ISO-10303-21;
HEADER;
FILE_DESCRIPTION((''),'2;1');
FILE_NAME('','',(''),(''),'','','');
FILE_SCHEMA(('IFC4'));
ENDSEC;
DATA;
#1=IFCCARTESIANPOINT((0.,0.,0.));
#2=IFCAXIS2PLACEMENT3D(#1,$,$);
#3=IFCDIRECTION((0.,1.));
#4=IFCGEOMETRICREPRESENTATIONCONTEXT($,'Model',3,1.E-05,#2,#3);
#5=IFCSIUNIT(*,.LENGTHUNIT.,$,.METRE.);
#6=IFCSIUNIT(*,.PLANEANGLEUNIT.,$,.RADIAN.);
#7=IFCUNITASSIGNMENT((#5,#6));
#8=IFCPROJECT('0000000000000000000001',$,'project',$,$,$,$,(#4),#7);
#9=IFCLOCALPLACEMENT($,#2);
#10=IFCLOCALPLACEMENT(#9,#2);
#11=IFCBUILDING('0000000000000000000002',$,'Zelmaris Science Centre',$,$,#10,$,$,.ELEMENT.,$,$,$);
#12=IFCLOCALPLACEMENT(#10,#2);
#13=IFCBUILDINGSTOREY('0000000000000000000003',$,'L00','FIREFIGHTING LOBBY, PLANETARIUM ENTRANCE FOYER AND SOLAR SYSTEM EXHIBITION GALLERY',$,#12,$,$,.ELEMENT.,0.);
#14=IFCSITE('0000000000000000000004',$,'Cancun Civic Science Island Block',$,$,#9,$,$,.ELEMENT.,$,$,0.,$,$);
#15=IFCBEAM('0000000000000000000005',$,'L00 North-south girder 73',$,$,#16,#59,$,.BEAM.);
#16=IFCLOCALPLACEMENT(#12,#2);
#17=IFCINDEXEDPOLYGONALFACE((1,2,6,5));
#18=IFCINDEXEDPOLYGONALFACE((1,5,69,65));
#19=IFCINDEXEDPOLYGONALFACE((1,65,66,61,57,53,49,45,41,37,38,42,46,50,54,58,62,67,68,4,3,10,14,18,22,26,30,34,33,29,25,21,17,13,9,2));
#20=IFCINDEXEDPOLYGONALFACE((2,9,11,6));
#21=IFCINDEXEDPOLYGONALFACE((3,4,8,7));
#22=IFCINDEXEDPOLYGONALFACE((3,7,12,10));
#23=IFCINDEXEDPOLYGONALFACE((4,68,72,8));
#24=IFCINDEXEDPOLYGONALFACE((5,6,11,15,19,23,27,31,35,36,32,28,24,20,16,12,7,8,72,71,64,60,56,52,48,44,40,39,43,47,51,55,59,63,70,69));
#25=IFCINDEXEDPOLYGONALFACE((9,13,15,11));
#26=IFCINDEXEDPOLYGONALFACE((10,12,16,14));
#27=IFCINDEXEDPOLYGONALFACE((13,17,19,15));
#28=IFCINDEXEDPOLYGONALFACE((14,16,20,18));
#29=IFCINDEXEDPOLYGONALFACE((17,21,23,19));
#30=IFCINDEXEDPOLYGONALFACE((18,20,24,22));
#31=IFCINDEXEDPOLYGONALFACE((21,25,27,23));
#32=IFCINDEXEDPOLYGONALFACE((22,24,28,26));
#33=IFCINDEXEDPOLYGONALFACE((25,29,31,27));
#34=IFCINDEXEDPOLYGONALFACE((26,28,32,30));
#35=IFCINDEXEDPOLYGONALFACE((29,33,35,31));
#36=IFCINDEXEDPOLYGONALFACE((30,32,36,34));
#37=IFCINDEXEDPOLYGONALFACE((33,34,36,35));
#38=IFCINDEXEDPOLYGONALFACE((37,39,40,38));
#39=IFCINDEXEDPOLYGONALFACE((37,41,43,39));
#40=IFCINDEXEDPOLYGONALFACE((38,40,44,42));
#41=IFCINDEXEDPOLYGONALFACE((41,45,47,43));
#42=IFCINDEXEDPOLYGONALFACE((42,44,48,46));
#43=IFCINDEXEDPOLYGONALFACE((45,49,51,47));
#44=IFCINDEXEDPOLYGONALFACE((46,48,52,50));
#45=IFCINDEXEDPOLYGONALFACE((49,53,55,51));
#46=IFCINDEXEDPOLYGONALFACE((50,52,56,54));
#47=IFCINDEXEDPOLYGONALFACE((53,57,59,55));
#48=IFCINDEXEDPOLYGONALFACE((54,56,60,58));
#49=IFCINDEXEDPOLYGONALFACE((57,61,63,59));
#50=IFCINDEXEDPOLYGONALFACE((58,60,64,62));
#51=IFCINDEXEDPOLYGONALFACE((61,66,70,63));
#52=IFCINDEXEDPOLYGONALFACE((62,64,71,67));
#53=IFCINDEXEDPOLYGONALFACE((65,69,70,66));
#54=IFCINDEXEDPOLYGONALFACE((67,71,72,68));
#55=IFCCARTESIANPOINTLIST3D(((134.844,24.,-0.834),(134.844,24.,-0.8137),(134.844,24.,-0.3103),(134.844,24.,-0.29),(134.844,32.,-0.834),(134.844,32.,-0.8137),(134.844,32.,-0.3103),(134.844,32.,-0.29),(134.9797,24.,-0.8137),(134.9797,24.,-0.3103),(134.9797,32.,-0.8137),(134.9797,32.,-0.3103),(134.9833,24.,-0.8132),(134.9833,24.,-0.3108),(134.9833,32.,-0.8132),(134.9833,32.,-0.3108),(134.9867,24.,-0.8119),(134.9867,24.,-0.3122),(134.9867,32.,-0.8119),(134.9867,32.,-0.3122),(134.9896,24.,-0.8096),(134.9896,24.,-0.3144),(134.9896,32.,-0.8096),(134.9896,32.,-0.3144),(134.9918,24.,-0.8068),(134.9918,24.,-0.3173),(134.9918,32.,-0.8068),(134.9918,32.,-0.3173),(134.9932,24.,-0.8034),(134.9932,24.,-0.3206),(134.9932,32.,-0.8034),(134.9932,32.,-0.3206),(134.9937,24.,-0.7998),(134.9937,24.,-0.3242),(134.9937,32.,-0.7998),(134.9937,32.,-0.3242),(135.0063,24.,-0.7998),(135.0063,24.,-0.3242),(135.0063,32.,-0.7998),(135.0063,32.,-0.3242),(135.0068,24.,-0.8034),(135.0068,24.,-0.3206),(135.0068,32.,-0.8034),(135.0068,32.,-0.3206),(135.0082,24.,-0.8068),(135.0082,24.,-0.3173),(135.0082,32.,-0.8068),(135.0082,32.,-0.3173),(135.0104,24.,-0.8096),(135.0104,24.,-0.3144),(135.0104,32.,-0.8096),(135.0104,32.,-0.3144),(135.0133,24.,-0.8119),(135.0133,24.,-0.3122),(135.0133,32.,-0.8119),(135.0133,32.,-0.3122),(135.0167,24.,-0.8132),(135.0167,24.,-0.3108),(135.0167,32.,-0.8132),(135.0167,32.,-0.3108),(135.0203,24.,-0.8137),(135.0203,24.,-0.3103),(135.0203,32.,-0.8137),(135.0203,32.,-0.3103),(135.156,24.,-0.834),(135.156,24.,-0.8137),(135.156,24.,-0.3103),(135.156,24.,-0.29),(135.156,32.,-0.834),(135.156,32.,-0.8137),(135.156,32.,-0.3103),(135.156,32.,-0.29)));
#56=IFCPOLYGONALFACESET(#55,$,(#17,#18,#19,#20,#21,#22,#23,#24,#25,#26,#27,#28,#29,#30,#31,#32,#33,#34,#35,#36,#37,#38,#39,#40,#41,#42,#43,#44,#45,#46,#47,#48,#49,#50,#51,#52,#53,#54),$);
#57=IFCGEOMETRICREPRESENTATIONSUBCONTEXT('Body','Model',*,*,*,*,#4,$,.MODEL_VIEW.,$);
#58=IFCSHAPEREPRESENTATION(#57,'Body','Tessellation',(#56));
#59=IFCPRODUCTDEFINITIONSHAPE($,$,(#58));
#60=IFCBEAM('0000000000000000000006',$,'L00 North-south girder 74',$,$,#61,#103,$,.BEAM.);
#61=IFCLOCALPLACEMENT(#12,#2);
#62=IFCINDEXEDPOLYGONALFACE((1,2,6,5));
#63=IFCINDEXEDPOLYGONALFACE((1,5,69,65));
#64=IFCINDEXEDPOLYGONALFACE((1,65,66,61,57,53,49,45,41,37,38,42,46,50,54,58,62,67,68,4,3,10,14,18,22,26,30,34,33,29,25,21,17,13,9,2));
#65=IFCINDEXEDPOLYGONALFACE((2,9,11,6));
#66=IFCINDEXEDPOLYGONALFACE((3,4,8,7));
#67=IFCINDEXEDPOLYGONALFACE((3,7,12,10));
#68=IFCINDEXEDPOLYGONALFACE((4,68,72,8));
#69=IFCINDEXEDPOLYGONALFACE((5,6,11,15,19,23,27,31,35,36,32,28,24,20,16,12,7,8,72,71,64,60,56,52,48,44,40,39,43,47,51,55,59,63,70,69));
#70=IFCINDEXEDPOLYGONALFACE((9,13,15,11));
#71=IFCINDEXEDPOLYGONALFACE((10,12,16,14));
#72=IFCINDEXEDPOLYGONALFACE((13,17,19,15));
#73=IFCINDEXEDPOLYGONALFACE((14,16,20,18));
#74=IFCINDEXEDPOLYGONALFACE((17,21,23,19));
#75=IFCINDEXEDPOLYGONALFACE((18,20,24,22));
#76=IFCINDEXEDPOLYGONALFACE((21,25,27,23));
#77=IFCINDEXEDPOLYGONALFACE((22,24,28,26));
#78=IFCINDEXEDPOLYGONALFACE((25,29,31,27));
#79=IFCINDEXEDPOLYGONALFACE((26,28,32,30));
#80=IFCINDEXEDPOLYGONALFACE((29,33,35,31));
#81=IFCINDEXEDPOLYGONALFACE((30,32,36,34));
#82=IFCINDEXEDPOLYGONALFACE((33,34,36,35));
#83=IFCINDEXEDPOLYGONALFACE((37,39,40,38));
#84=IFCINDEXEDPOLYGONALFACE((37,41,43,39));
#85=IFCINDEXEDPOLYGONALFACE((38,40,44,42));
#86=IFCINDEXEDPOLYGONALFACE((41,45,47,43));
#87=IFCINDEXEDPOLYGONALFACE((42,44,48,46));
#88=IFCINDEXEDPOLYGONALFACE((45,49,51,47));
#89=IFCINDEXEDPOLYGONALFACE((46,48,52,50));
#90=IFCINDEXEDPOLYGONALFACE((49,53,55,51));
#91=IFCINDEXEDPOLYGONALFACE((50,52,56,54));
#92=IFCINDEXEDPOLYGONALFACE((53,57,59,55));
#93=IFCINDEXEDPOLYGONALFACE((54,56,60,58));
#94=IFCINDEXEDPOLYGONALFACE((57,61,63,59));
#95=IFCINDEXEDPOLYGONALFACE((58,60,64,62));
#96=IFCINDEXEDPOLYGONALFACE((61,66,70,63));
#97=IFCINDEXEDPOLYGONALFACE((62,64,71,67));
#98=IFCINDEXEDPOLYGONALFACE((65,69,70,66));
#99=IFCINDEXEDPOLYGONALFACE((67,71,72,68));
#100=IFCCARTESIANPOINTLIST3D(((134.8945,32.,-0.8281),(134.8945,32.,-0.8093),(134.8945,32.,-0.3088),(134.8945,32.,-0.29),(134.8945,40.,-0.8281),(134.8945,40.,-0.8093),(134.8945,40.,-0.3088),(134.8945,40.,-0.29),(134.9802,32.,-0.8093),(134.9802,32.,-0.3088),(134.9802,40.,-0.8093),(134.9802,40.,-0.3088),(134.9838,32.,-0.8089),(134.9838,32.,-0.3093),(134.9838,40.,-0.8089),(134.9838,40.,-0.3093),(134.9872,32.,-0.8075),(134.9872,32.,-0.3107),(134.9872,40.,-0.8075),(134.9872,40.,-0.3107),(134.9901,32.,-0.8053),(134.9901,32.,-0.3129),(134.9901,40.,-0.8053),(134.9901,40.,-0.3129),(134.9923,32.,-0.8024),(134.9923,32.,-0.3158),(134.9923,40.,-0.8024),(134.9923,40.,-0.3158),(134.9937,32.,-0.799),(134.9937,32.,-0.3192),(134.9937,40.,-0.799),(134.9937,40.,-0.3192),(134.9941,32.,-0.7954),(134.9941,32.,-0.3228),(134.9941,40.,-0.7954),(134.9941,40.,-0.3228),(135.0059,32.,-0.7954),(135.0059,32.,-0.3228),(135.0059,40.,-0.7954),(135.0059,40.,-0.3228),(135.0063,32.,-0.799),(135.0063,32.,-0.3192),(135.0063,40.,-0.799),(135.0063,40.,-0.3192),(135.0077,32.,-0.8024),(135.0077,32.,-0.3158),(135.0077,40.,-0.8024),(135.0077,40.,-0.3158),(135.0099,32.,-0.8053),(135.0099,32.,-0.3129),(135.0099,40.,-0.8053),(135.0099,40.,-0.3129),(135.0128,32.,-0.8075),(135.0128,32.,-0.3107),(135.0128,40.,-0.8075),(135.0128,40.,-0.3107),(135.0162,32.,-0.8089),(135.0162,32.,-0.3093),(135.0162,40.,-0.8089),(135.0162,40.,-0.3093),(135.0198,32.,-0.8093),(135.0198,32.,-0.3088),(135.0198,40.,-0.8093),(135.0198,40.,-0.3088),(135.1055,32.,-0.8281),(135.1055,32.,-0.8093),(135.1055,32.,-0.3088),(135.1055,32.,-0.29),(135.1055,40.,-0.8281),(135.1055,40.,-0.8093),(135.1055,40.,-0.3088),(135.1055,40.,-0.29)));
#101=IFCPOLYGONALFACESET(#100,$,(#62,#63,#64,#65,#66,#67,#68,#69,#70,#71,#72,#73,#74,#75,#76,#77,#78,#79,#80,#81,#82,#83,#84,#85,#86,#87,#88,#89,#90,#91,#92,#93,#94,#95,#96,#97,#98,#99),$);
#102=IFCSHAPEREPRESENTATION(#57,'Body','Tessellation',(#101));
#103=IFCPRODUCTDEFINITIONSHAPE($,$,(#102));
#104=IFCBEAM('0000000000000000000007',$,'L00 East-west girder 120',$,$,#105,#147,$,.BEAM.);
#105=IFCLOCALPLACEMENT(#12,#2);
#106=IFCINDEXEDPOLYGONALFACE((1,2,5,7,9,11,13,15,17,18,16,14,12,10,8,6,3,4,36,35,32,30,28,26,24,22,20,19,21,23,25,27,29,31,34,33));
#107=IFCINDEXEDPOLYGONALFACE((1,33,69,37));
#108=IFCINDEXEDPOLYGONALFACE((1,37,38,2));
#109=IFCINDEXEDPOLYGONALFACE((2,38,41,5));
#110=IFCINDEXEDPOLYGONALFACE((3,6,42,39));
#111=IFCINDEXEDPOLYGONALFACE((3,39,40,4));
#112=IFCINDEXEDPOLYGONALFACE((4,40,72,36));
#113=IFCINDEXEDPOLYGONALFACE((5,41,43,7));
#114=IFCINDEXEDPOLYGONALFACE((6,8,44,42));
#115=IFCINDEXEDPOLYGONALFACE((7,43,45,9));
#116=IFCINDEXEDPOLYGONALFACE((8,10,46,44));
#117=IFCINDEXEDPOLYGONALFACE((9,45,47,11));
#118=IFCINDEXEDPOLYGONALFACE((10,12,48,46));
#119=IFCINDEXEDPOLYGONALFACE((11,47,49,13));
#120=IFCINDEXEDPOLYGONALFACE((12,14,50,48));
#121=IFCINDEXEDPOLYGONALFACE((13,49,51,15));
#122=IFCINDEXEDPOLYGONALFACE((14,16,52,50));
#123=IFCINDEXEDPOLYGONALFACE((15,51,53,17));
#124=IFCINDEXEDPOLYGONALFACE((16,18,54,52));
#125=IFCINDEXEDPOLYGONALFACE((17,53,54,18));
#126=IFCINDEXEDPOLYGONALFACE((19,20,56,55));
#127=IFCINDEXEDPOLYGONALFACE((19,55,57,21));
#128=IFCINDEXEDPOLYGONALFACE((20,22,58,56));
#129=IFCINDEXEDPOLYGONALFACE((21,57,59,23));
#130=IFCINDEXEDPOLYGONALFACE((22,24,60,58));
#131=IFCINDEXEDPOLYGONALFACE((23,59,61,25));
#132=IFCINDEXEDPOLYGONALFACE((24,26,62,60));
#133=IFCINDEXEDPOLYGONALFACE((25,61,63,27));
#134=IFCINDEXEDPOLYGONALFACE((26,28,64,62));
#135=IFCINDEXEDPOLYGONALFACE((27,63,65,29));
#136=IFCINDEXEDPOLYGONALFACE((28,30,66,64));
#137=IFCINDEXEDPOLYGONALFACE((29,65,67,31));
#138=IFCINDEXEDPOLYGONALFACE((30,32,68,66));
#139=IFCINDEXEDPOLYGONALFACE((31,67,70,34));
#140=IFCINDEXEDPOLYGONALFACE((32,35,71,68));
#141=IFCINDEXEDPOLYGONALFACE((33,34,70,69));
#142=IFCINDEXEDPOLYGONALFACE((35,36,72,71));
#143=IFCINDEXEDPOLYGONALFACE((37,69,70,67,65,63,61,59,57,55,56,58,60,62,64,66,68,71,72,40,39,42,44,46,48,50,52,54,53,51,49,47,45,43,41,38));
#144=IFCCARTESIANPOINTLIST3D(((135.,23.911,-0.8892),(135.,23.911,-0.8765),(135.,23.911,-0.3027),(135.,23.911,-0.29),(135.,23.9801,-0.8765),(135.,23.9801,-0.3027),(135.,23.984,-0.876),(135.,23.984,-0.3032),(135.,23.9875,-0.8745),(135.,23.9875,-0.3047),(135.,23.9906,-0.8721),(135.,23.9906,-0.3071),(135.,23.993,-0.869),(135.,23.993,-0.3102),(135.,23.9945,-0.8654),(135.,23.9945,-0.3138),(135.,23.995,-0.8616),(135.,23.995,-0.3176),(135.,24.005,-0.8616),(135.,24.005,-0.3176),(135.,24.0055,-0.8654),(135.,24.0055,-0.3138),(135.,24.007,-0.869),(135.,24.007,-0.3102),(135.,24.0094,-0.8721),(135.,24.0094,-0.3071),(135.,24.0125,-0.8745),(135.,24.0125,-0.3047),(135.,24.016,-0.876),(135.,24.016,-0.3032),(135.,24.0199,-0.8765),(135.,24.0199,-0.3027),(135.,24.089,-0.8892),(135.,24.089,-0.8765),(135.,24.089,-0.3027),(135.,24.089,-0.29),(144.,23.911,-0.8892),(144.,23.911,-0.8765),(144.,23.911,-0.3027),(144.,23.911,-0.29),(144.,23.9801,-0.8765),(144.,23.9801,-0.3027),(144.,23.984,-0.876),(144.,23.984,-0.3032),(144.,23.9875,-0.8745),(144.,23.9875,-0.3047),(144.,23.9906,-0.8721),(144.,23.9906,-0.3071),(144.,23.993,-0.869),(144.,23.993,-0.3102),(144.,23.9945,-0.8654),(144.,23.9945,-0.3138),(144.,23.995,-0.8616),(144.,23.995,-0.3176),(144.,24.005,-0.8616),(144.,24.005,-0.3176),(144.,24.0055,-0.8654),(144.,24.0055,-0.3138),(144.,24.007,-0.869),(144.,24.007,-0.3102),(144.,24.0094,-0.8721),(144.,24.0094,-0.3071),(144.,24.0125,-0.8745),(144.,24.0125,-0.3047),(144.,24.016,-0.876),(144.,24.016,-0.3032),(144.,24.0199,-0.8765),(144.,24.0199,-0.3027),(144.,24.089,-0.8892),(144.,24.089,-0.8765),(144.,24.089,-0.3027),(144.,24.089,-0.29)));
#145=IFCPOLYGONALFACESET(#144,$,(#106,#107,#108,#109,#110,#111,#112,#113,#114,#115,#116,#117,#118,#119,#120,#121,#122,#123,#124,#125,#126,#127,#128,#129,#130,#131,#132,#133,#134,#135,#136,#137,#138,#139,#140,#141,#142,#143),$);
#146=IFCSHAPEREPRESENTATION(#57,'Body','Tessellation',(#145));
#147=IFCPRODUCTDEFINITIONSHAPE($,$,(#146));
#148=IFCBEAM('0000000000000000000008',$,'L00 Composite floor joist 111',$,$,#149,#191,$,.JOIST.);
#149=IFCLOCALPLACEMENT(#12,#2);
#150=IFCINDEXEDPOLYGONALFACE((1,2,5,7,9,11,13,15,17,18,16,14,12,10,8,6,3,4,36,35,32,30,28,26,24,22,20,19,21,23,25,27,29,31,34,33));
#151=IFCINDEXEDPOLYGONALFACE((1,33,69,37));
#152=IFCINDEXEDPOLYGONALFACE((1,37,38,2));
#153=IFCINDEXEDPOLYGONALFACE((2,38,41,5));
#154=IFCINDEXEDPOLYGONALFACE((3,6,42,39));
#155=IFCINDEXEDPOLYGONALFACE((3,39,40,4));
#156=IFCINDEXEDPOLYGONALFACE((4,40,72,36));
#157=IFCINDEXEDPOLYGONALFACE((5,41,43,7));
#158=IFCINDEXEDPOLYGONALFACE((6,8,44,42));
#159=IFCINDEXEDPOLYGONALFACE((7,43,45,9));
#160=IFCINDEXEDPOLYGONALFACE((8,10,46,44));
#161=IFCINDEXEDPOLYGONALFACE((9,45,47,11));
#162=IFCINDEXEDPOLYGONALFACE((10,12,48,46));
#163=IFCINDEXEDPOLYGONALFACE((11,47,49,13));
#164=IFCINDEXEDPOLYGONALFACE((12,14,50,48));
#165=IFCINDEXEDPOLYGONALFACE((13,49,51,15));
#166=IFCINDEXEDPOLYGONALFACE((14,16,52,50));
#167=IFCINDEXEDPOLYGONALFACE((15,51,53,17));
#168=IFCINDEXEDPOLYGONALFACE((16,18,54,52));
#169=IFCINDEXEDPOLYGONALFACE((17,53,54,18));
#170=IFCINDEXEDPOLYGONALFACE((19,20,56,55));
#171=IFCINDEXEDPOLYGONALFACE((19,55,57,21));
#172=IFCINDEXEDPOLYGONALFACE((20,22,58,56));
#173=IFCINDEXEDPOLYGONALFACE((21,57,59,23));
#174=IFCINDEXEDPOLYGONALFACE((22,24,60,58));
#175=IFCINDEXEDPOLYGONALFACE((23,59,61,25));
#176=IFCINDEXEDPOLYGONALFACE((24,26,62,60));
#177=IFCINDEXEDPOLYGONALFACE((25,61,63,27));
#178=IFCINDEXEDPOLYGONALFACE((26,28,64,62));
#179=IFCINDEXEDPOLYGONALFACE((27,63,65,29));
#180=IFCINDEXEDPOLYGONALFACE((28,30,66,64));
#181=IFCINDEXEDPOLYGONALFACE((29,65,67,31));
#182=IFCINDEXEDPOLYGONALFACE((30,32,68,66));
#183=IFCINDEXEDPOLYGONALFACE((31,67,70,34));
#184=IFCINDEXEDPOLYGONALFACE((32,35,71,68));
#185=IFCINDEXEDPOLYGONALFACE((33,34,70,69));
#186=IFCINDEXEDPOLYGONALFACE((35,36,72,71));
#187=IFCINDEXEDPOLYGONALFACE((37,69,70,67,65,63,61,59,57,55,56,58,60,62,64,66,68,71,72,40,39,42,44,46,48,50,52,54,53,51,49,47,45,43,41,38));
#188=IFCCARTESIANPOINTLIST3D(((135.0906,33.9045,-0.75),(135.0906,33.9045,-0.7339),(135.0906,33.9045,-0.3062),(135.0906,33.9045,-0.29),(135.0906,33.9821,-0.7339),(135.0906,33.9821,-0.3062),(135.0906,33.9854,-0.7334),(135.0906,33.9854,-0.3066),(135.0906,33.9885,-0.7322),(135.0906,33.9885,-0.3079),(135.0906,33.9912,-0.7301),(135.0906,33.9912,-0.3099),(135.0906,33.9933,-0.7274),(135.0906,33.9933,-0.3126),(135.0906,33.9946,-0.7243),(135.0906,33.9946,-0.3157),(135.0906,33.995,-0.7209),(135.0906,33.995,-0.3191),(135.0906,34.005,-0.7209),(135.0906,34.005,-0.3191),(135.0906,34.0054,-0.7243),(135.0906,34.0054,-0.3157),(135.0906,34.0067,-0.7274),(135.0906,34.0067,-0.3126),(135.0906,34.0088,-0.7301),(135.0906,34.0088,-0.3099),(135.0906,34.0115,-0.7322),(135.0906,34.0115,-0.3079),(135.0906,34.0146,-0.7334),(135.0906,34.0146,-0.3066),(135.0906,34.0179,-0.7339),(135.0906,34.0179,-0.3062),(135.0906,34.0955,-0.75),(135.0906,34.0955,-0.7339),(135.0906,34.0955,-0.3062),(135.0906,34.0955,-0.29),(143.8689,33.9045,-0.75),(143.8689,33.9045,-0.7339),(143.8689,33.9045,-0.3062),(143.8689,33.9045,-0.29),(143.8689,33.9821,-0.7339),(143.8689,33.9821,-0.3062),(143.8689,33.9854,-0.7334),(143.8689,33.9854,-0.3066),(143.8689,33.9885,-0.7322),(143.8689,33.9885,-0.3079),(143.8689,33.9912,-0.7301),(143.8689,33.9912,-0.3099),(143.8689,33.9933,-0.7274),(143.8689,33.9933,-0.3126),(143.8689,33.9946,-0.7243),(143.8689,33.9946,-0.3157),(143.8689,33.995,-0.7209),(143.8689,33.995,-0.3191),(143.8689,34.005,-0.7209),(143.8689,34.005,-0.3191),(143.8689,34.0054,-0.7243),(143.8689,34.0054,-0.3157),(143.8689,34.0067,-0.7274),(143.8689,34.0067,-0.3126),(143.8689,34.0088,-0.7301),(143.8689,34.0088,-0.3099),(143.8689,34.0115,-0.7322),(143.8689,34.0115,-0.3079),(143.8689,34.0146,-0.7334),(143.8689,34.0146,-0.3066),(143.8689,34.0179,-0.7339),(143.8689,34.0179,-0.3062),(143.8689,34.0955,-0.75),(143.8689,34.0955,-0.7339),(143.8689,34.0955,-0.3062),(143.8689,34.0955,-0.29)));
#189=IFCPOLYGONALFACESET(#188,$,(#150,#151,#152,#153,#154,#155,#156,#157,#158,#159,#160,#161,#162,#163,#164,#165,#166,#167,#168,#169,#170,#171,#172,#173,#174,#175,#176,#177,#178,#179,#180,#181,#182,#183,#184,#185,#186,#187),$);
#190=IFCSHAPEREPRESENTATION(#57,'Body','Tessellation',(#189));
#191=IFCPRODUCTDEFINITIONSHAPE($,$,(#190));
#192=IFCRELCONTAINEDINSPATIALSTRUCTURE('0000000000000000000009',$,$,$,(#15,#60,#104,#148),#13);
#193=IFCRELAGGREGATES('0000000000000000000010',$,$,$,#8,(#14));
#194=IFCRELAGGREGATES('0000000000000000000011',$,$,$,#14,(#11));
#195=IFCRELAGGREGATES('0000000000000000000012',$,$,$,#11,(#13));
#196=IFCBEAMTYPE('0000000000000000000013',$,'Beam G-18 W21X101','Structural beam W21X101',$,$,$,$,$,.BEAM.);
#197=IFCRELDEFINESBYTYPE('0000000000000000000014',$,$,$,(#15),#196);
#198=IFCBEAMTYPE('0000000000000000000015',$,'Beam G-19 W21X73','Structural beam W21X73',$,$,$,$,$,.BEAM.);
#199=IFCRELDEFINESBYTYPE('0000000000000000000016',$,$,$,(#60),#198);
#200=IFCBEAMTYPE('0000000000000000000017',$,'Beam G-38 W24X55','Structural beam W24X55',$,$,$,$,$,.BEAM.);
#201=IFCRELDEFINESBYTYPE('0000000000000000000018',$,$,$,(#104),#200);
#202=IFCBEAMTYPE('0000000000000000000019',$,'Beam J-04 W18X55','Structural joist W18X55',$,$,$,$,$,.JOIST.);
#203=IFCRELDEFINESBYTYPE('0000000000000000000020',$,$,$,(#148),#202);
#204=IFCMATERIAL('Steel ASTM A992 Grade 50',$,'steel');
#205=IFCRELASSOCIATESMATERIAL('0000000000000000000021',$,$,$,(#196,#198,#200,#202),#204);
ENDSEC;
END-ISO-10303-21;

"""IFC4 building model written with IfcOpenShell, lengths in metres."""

from ifc_helpers import new_model, si_unit, direction, frame, origin, origin_2d, place, context, subcontext, project, spatial, i_section, extrude, material, material_profile, profile_set, type_object, element, save


model = new_model("IFC4")

# Units and contexts
model_context = context("Model", 3, precision=1e-05, world=origin(), true_north=direction((0.0, 1.0)))
body_context = subcontext(model_context, "Body", "Model", "MODEL_VIEW")
ifc_project = project(units=[si_unit("LENGTHUNIT", "METRE"), si_unit("PLANEANGLEUNIT", "RADIAN")], contexts=[model_context])

# Site, building, storey
site_placement = place(None, origin())
site = spatial("IfcSite", under=ifc_project, at=site_placement, Name="Cancun Civic Science Island Block", CompositionType="ELEMENT", RefElevation=0.0)
building_placement = place(site_placement, origin())
building = spatial("IfcBuilding", under=site, at=building_placement, Name="Zelmaris Science Centre", CompositionType="ELEMENT")
storey_placement = place(building_placement, origin())
storey = spatial("IfcBuildingStorey", under=building, at=storey_placement, Name="L00", Description="FIREFIGHTING LOBBY, PLANETARIUM ENTRANCE FOYER AND SOLAR SYSTEM EXHIBITION GALLERY", CompositionType="ELEMENT", Elevation=0.0)

# Shared definitions
ifc_material_1 = material(Name="Steel ASTM A992 Grade 50", Category="steel")

# Beams
ifc_material_profile_1 = material_profile(ifc_material_1, i_section(OverallWidth=0.312, OverallDepth=0.5439, WebThickness=0.0127, FlangeThickness=0.0203, FilletRadius=0.0139, at=origin_2d()), Name="W21X101")
ifc_profile_set_1 = profile_set([ifc_material_profile_1], Name="Steel ASTM A992 Grade 50")
beam_type_1 = type_object("IfcBeamType", Name="Beam G-18 W21X101", Description="Structural beam W21X101", PredefinedType="BEAM", material=ifc_profile_set_1)
beam_1_placement = place(storey_placement, frame((135.0, 24.0, -0.562), z_axis=(0.0, 1.0, 0.0), x_axis=(-1.0, 0.0, 0.0)))
element("IfcBeam", 1, at=beam_1_placement, inside=storey, type_object=beam_type_1, Name="L00 North-south girder 73", PredefinedType="BEAM", context=body_context, shape_type="SweptSolid", body=[
    extrude(i_section(OverallWidth=0.312, OverallDepth=0.5439, WebThickness=0.0127, FlangeThickness=0.0203, FilletRadius=0.0139, at=origin_2d()), origin(), (0.0, 0.0, 1.0), 8.0),
])
ifc_material_profile_2 = material_profile(ifc_material_1, i_section(OverallWidth=0.2109, OverallDepth=0.5381, WebThickness=0.0117, FlangeThickness=0.0188, FilletRadius=0.0139, at=origin_2d()), Name="W21X73")
ifc_profile_set_2 = profile_set([ifc_material_profile_2], Name="Steel ASTM A992 Grade 50")
beam_type_2 = type_object("IfcBeamType", Name="Beam G-19 W21X73", Description="Structural beam W21X73", PredefinedType="BEAM", material=ifc_profile_set_2)
beam_2_placement = place(storey_placement, frame((135.0, 32.0, -0.5591), z_axis=(0.0, 1.0, 0.0), x_axis=(-1.0, 0.0, 0.0)))
element("IfcBeam", 2, at=beam_2_placement, inside=storey, type_object=beam_type_2, Name="L00 North-south girder 74", PredefinedType="BEAM", context=body_context, shape_type="SweptSolid", body=[
    extrude(i_section(OverallWidth=0.2109, OverallDepth=0.5381, WebThickness=0.0117, FlangeThickness=0.0188, FilletRadius=0.0139, at=origin_2d()), origin(), (0.0, 0.0, 1.0), 8.0),
])
ifc_material_profile_3 = material_profile(ifc_material_1, i_section(OverallWidth=0.178, OverallDepth=0.5991, WebThickness=0.01, FlangeThickness=0.0127, FilletRadius=0.0149, at=origin_2d()), Name="W24X55")
ifc_profile_set_3 = profile_set([ifc_material_profile_3], Name="Steel ASTM A992 Grade 50")
beam_type_3 = type_object("IfcBeamType", Name="Beam G-38 W24X55", Description="Structural beam W24X55", PredefinedType="BEAM", material=ifc_profile_set_3)
beam_3_placement = place(storey_placement, frame((135.0, 24.0, -0.5896), z_axis=(1.0, 0.0, 0.0), x_axis=(0.0, 1.0, 0.0)))
element("IfcBeam", 3, at=beam_3_placement, inside=storey, type_object=beam_type_3, Name="L00 East-west girder 120", PredefinedType="BEAM", context=body_context, shape_type="SweptSolid", body=[
    extrude(i_section(OverallWidth=0.178, OverallDepth=0.5991, WebThickness=0.01, FlangeThickness=0.0127, FilletRadius=0.0149, at=origin_2d()), origin(), (0.0, 0.0, 1.0), 9.0),
])
ifc_material_profile_4 = material_profile(ifc_material_1, i_section(OverallWidth=0.1909, OverallDepth=0.46, WebThickness=0.01, FlangeThickness=0.0161, FilletRadius=0.0129, at=origin_2d()), Name="W18X55")
ifc_profile_set_4 = profile_set([ifc_material_profile_4], Name="Steel ASTM A992 Grade 50")
beam_type_4 = type_object("IfcBeamType", Name="Beam J-04 W18X55", Description="Structural joist W18X55", PredefinedType="JOIST", material=ifc_profile_set_4)
beam_4_placement = place(storey_placement, frame((135.0906, 34.0, -0.52), z_axis=(1.0, 0.0, 0.0), x_axis=(0.0, 1.0, 0.0)))
element("IfcBeam", 4, at=beam_4_placement, inside=storey, type_object=beam_type_4, Name="L00 Composite floor joist 111", PredefinedType="JOIST", context=body_context, shape_type="SweptSolid", body=[
    extrude(i_section(OverallWidth=0.1909, OverallDepth=0.46, WebThickness=0.01, FlangeThickness=0.0161, FilletRadius=0.0129, at=origin_2d()), origin(), (0.0, 0.0, 1.0), 8.7783),
])

save(model, "model.ifc")
